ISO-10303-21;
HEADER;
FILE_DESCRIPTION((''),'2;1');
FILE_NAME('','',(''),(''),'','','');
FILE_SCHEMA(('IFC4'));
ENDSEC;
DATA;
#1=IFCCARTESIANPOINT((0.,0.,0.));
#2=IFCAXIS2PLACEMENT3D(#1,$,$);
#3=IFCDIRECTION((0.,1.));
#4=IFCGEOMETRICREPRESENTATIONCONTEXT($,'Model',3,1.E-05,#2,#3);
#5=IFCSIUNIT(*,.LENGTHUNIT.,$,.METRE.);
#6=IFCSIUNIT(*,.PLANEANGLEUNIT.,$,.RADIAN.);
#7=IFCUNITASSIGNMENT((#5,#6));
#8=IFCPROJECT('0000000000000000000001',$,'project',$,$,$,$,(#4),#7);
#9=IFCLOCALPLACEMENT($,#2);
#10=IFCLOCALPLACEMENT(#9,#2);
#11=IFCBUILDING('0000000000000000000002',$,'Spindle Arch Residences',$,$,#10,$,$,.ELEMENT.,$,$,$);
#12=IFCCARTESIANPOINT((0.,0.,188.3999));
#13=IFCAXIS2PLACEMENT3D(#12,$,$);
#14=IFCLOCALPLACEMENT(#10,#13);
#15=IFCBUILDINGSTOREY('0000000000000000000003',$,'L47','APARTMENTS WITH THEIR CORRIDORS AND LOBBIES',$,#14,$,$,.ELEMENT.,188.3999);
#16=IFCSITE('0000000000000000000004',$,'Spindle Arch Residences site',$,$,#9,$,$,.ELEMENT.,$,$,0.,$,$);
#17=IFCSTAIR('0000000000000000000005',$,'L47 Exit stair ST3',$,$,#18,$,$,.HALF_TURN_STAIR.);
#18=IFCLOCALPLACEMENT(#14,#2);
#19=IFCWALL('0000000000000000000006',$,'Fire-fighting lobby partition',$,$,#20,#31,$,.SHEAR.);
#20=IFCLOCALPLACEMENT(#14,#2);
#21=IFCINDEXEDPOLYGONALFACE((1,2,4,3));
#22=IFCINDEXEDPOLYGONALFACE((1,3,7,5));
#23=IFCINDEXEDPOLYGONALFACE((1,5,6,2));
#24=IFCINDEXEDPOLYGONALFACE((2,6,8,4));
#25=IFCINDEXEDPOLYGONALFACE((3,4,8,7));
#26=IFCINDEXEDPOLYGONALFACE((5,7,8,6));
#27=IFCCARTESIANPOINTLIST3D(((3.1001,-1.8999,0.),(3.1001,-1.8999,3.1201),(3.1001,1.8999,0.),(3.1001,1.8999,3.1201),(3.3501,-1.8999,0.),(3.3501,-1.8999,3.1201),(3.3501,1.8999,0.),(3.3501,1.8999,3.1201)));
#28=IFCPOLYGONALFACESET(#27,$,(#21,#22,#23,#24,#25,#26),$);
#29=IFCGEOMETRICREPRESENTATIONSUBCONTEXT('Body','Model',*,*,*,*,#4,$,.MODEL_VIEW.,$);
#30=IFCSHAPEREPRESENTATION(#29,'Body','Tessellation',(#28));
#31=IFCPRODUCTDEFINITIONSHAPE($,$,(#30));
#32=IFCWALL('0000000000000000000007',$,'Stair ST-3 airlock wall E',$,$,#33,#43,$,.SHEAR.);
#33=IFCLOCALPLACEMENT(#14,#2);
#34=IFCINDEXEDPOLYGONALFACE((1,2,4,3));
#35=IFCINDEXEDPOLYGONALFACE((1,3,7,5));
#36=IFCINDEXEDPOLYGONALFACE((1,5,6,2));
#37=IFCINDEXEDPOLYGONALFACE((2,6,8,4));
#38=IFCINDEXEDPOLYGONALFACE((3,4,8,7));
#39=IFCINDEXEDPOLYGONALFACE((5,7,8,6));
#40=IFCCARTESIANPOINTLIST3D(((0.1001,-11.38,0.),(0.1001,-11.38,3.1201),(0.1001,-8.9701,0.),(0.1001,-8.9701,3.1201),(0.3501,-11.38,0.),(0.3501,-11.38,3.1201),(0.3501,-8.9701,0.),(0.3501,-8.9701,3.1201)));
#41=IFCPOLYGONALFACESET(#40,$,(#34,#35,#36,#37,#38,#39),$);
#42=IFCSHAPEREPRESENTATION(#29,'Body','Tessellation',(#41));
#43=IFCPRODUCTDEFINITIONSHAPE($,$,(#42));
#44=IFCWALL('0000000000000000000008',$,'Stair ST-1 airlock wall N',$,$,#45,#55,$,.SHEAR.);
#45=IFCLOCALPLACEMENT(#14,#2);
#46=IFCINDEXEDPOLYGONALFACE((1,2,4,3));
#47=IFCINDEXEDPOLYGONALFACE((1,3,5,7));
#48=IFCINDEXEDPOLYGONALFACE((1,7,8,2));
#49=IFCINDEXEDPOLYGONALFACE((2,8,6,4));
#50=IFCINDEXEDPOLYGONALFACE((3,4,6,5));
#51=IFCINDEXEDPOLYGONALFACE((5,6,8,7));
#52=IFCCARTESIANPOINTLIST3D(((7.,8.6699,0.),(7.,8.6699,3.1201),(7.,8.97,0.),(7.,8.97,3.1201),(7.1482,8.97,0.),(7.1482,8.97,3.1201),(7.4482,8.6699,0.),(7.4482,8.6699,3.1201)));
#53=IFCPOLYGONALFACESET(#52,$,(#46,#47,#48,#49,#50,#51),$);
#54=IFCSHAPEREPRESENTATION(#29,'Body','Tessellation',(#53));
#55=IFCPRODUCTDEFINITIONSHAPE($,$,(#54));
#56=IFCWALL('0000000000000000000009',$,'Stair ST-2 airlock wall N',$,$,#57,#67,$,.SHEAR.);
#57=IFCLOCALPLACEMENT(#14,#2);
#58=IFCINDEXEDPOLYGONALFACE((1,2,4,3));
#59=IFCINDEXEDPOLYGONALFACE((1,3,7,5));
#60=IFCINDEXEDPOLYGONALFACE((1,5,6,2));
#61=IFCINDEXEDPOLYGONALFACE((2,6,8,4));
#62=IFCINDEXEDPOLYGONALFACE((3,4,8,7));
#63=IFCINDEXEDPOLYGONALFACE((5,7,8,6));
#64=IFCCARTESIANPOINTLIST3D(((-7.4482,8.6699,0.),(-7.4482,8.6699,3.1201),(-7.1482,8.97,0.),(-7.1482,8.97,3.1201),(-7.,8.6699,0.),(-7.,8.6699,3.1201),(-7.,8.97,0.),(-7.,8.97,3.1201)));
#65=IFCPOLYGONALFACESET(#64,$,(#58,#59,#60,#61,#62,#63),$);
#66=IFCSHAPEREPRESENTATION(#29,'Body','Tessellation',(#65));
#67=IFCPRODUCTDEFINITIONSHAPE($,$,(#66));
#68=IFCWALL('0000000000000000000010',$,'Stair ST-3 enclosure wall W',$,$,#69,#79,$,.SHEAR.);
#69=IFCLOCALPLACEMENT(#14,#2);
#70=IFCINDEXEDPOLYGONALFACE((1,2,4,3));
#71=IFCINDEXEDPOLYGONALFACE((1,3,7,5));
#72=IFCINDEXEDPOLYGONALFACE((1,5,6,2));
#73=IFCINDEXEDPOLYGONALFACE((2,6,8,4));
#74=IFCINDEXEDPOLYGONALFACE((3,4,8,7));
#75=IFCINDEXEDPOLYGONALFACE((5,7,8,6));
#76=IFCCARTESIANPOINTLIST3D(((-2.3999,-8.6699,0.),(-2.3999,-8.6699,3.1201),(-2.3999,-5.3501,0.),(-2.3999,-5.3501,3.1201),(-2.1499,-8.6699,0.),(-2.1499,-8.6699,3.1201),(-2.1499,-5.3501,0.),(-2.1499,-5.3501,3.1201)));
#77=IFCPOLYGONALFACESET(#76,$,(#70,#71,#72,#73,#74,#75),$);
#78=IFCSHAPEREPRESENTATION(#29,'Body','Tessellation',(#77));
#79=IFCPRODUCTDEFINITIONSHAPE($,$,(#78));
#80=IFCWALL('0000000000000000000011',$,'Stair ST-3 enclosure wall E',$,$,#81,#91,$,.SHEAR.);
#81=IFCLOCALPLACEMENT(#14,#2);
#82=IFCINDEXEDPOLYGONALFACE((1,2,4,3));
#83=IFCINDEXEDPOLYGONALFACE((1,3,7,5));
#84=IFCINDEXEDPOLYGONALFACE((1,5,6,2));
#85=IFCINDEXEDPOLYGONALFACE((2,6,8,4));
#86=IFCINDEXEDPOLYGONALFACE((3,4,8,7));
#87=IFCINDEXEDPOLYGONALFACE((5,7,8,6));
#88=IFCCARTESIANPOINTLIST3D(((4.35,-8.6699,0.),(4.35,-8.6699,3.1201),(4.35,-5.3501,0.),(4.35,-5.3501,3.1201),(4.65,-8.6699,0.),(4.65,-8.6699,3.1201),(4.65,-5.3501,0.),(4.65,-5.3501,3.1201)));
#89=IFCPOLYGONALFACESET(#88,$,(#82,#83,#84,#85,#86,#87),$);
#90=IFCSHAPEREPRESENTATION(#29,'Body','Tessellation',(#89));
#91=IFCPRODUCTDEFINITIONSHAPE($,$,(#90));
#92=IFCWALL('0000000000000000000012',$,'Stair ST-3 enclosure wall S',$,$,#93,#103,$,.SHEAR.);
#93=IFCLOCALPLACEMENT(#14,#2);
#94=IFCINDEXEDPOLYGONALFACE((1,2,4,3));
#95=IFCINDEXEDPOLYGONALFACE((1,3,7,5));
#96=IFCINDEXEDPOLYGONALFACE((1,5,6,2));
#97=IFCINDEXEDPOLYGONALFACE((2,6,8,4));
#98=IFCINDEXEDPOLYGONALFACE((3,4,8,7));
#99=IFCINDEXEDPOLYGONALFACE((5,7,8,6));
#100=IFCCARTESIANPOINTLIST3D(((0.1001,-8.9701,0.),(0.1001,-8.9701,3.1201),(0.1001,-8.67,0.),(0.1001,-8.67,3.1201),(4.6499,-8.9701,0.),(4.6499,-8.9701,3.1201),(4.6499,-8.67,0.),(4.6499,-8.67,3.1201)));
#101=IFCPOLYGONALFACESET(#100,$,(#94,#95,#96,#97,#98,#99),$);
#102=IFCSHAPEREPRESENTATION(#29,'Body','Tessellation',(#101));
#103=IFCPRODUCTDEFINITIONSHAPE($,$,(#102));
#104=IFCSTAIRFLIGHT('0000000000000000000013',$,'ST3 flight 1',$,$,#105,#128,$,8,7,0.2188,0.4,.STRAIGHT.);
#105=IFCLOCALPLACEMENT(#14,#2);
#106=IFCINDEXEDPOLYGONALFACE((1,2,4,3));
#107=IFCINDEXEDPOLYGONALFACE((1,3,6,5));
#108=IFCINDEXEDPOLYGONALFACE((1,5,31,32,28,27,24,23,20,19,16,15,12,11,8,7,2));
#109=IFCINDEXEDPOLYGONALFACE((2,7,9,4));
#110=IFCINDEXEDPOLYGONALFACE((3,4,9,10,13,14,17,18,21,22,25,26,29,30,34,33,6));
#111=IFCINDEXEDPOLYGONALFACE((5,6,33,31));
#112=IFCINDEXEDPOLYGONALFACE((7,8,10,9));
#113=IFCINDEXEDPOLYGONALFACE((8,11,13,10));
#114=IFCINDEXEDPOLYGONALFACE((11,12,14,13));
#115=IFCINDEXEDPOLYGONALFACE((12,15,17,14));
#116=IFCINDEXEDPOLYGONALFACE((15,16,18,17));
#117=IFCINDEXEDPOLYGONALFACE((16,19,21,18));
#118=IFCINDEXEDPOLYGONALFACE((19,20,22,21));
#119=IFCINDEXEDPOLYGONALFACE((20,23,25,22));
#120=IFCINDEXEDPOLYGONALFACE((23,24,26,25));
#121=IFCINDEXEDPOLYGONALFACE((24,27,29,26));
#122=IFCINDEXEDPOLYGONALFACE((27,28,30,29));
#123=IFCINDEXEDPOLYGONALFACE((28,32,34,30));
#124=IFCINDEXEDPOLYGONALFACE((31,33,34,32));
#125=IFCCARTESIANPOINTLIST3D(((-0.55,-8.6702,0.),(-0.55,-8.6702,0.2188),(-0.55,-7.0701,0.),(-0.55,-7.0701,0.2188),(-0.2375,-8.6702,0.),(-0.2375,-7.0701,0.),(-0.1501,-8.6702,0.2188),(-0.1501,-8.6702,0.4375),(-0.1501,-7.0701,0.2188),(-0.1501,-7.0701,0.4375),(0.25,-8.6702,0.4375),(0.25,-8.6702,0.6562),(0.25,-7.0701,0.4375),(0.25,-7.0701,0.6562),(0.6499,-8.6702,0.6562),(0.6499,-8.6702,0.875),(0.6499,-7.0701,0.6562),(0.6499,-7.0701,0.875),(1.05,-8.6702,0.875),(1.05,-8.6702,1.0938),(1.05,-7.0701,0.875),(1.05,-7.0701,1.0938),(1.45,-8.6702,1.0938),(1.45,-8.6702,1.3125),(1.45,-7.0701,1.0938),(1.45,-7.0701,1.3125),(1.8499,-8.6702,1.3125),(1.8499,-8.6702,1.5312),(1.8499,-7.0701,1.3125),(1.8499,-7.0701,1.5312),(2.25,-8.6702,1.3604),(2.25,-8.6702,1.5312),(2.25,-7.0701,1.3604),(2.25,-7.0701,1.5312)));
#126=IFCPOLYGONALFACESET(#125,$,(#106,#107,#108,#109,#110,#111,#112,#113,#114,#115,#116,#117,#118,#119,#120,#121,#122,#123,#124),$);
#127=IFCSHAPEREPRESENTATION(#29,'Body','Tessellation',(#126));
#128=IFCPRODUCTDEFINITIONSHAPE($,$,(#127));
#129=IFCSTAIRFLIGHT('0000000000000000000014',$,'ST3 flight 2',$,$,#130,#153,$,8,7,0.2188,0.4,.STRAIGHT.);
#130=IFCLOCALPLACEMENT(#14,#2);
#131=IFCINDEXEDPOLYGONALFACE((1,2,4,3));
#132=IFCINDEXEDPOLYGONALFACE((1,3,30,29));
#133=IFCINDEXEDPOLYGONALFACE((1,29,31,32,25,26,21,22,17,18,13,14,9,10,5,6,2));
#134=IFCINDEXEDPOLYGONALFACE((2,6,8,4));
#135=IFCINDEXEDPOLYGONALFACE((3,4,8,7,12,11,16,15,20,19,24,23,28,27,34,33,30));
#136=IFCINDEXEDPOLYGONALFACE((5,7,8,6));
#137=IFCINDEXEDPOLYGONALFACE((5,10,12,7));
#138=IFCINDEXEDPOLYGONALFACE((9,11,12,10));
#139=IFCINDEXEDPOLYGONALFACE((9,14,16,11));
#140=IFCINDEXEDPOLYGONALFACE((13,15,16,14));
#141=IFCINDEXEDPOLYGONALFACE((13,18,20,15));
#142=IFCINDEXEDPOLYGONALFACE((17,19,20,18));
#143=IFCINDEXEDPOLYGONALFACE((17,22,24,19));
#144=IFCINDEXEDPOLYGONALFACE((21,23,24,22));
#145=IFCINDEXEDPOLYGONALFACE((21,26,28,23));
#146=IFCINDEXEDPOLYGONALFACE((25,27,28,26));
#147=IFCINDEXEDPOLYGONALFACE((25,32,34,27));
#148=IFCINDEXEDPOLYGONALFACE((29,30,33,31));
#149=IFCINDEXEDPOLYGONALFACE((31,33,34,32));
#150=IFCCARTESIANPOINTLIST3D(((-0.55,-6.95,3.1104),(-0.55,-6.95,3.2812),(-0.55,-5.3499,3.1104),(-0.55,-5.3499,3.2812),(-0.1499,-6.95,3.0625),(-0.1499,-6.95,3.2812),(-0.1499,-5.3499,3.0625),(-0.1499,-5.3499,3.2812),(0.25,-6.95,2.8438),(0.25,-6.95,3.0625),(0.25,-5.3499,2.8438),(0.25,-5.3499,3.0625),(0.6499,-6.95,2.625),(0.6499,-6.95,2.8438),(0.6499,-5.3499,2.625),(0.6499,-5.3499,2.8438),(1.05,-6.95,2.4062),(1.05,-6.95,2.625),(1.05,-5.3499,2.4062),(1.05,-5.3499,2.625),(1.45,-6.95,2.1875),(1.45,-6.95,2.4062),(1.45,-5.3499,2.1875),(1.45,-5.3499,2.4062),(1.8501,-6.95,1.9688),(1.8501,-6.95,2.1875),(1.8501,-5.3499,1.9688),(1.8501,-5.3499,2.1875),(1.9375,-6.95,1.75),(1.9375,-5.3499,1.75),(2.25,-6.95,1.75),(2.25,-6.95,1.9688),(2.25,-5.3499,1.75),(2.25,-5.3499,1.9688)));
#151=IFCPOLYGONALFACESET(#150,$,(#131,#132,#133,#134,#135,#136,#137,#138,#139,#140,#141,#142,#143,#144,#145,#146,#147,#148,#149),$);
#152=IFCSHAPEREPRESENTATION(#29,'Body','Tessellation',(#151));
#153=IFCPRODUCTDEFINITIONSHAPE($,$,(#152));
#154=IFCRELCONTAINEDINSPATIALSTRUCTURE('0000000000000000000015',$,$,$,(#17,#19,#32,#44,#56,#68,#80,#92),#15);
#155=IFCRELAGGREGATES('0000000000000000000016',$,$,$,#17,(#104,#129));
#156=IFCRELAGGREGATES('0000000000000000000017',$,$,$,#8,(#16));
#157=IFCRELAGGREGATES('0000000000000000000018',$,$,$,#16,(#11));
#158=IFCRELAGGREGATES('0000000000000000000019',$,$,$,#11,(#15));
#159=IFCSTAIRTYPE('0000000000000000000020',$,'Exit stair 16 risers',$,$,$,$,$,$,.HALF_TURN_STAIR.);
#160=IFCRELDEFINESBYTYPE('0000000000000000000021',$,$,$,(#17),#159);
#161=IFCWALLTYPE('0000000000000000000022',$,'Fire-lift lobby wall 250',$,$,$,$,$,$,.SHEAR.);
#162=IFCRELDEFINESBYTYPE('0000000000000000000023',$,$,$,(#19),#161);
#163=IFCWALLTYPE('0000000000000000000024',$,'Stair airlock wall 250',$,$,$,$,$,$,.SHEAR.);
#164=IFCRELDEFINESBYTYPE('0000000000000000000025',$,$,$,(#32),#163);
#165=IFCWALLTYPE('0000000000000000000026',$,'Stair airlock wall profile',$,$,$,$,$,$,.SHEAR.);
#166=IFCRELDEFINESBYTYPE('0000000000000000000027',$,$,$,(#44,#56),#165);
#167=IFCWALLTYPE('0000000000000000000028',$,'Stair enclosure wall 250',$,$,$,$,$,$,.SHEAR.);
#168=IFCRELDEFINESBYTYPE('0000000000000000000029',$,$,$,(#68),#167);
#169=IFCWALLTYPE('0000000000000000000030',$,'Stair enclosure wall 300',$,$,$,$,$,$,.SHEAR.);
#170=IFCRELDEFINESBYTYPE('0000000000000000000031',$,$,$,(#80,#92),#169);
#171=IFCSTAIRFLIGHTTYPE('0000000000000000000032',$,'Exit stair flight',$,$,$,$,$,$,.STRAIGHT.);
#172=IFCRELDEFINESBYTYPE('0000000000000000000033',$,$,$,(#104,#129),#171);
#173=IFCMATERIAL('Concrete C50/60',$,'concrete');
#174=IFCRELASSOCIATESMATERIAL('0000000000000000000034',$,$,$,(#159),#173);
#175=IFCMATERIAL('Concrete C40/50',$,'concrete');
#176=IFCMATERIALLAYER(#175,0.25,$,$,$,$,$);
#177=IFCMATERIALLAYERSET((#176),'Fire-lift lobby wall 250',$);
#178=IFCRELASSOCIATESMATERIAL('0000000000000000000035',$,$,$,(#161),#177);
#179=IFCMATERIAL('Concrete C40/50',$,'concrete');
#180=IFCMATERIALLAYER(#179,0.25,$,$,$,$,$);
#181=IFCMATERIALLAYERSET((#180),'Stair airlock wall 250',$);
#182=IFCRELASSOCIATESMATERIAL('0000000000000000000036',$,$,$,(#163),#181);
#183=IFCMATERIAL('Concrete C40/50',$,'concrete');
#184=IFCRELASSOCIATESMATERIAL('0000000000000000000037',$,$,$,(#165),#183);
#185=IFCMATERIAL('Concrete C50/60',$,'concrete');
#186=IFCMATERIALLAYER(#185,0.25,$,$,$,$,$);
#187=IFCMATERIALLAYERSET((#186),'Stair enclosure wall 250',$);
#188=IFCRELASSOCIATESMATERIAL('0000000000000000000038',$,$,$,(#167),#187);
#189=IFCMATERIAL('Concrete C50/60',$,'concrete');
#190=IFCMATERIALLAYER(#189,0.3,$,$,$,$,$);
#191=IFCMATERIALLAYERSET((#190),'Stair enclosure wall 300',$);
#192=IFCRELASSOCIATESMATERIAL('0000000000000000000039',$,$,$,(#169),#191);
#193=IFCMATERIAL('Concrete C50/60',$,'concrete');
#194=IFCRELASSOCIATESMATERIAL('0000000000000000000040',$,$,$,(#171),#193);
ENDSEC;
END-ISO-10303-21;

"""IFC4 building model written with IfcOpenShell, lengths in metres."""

from ifc_helpers import new_model, si_unit, direction, frame, frame_2d, origin, place, context, subcontext, project, spatial, polyline, rectangle, outline, extrude, material, layer, layer_set, type_object, element, aggregate, save


model = new_model("IFC4")

# Units and contexts
model_context = context("Model", 3, precision=1e-05, world=origin(), true_north=direction((0.0, 1.0)))
body_context = subcontext(model_context, "Body", "Model", "MODEL_VIEW")
ifc_project = project(units=[si_unit("LENGTHUNIT", "METRE"), si_unit("PLANEANGLEUNIT", "RADIAN")], contexts=[model_context])

# Site, building, storey
site_placement = place(None, origin())
site = spatial("IfcSite", under=ifc_project, at=site_placement, Name="Spindle Arch Residences site", CompositionType="ELEMENT", RefElevation=0.0)
building_placement = place(site_placement, origin())
building = spatial("IfcBuilding", under=site, at=building_placement, Name="Spindle Arch Residences", CompositionType="ELEMENT")
storey_placement = place(building_placement, frame((0.0, 0.0, 188.3999)))
storey = spatial("IfcBuildingStorey", under=building, at=storey_placement, Name="L47", Description="APARTMENTS WITH THEIR CORRIDORS AND LOBBIES", CompositionType="ELEMENT", Elevation=188.3999)

# Stair
ifc_material_1 = material(Name="Concrete C50/60", Category="concrete")
stair_type = type_object("IfcStairType", Name="Exit stair 16 risers", PredefinedType="HALF_TURN_STAIR", material=ifc_material_1)
stair_1_placement = place(storey_placement, origin())
stair_1 = element("IfcStair", 1, at=stair_1_placement, inside=storey, type_object=stair_type, Name="L47 Exit stair ST3", PredefinedType="HALF_TURN_STAIR")

# Wall
ifc_material_2 = material(Name="Concrete C40/50", Category="concrete")
ifc_layer_1 = layer(ifc_material_2, 0.25)
ifc_layer_set_1 = layer_set([ifc_layer_1], Name="Fire-lift lobby wall 250")
wall_type_1 = type_object("IfcWallType", Name="Fire-lift lobby wall 250", PredefinedType="SHEAR", material=ifc_layer_set_1)
wall_1_placement = place(storey_placement, frame((3.2251, -1.8999, 0.0), z_axis=(0.0, 0.0, 1.0), x_axis=(0.0, 1.0, 0.0)))
element("IfcWall", 2, at=wall_1_placement, inside=storey, type_object=wall_type_1, Name="Fire-fighting lobby partition", PredefinedType="SHEAR", context=body_context, shape_type="SweptSolid", body=[
    extrude(rectangle(XDim=3.7998, YDim=0.25, at=frame_2d((1.8999, 0.0))), origin(), (0.0, 0.0, 1.0), 3.1201),
])

# Walls
ifc_material_3 = material(Name="Concrete C40/50", Category="concrete")
ifc_layer_2 = layer(ifc_material_3, 0.25)
ifc_layer_set_2 = layer_set([ifc_layer_2], Name="Stair airlock wall 250")
wall_type_2 = type_object("IfcWallType", Name="Stair airlock wall 250", PredefinedType="SHEAR", material=ifc_layer_set_2)
wall_2_placement = place(storey_placement, frame((0.2251, -8.97, 0.0), z_axis=(0.0, 0.0, 1.0), x_axis=(0.0, -1.0, 0.0)))
element("IfcWall", 3, at=wall_2_placement, inside=storey, type_object=wall_type_2, Name="Stair ST-3 airlock wall E", PredefinedType="SHEAR", context=body_context, shape_type="SweptSolid", body=[
    extrude(rectangle(XDim=2.4099, YDim=0.25, at=frame_2d((1.2051, 0.0))), origin(), (0.0, 0.0, 1.0), 3.1201),
])
ifc_material_4 = material(Name="Concrete C40/50", Category="concrete")
wall_type_3 = type_object("IfcWallType", Name="Stair airlock wall profile", PredefinedType="SHEAR", material=ifc_material_4)
wall_3_placement = place(storey_placement, origin())
element("IfcWall", 4, at=wall_3_placement, inside=storey, type_object=wall_type_3, Name="Stair ST-1 airlock wall N", PredefinedType="SHEAR", context=body_context, shape_type="SweptSolid", body=[
    extrude(outline(polyline([(7.4482, 8.6699), (7.0, 8.6699), (7.0, 8.97), (7.1482, 8.97), (7.4482, 8.6699)])), origin(), (0.0, 0.0, 1.0), 3.1201),
])
wall_4_placement = place(storey_placement, origin())
element("IfcWall", 5, at=wall_4_placement, inside=storey, type_object=wall_type_3, Name="Stair ST-2 airlock wall N", PredefinedType="SHEAR", context=body_context, shape_type="SweptSolid", body=[
    extrude(outline(polyline([(-7.1482, 8.97), (-7.0, 8.97), (-7.0, 8.6699), (-7.4482, 8.6699), (-7.1482, 8.97)])), origin(), (0.0, 0.0, 1.0), 3.1201),
])
ifc_material_5 = material(Name="Concrete C50/60", Category="concrete")
ifc_layer_3 = layer(ifc_material_5, 0.25)
ifc_layer_set_3 = layer_set([ifc_layer_3], Name="Stair enclosure wall 250")
wall_type_4 = type_object("IfcWallType", Name="Stair enclosure wall 250", PredefinedType="SHEAR", material=ifc_layer_set_3)
wall_5_placement = place(storey_placement, frame((-2.2749, -8.6699, 0.0), z_axis=(0.0, 0.0, 1.0), x_axis=(0.0, 1.0, 0.0)))
element("IfcWall", 6, at=wall_5_placement, inside=storey, type_object=wall_type_4, Name="Stair ST-3 enclosure wall W", PredefinedType="SHEAR", context=body_context, shape_type="SweptSolid", body=[
    extrude(rectangle(XDim=3.3198, YDim=0.25, at=frame_2d((1.6599, 0.0))), origin(), (0.0, 0.0, 1.0), 3.1201),
])
ifc_material_6 = material(Name="Concrete C50/60", Category="concrete")
ifc_layer_4 = layer(ifc_material_6, 0.3)
ifc_layer_set_4 = layer_set([ifc_layer_4], Name="Stair enclosure wall 300")
wall_type_5 = type_object("IfcWallType", Name="Stair enclosure wall 300", PredefinedType="SHEAR", material=ifc_layer_set_4)
wall_6_placement = place(storey_placement, frame((4.5, -8.6699, 0.0), z_axis=(0.0, 0.0, 1.0), x_axis=(0.0, 1.0, 0.0)))
element("IfcWall", 7, at=wall_6_placement, inside=storey, type_object=wall_type_5, Name="Stair ST-3 enclosure wall E", PredefinedType="SHEAR", context=body_context, shape_type="SweptSolid", body=[
    extrude(rectangle(XDim=3.3198, YDim=0.3, at=frame_2d((1.6599, 0.0))), origin(), (0.0, 0.0, 1.0), 3.1201),
])
wall_7_placement = place(storey_placement, frame((0.1001, -8.8201, 0.0), z_axis=(0.0, 0.0, 1.0), x_axis=(1.0, 0.0, 0.0)))
element("IfcWall", 8, at=wall_7_placement, inside=storey, type_object=wall_type_5, Name="Stair ST-3 enclosure wall S", PredefinedType="SHEAR", context=body_context, shape_type="SweptSolid", body=[
    extrude(rectangle(XDim=4.5498, YDim=0.3, at=frame_2d((2.2749, 0.0))), origin(), (0.0, 0.0, 1.0), 3.1201),
])

# Stair flights
ifc_material_7 = material(Name="Concrete C50/60", Category="concrete")
stair_flight_type = type_object("IfcStairFlightType", Name="Exit stair flight", PredefinedType="STRAIGHT", material=ifc_material_7)
stair_flight_1_placement = place(storey_placement, frame((-0.55, -7.8701, 0.0), z_axis=(0.0, 0.0, 1.0), x_axis=(1.0, 0.0, 0.0)))
stair_flight_1 = element("IfcStairFlight", 9, at=stair_flight_1_placement, type_object=stair_flight_type, Name="ST3 flight 1", NumberOfRisers=8, NumberOfTreads=7, PredefinedType="STRAIGHT", RiserHeight=0.2188, TreadLength=0.4, context=body_context, shape_type="SweptSolid", body=[
    extrude(outline(polyline([(0.0, 0.0), (0.0, 0.2188), (0.3999, 0.2188), (0.3999, 0.4375), (0.8, 0.4375), (0.8, 0.6562), (1.2, 0.6562), (1.2, 0.875), (1.6001, 0.875), (1.6001, 1.0938), (2.0, 1.0938), (2.0, 1.3125), (2.3999, 1.3125), (2.3999, 1.5312), (2.8, 1.5312), (2.8, 1.75), (2.8, 1.3604), (0.3125, 0.0), (0.0, 0.0)])), frame((0.0, 0.8, 0.0), z_axis=(0.0, -1.0, 0.0), x_axis=(1.0, 0.0, 0.0)), (0.0, 0.0, 1.0), 1.6001),
])
stair_flight_2_placement = place(storey_placement, frame((2.25, -6.1499, 1.75), z_axis=(0.0, 0.0, 1.0), x_axis=(-1.0, 0.0, 0.0)))
stair_flight_2 = element("IfcStairFlight", 10, at=stair_flight_2_placement, type_object=stair_flight_type, Name="ST3 flight 2", NumberOfRisers=8, NumberOfTreads=7, PredefinedType="STRAIGHT", RiserHeight=0.2188, TreadLength=0.4, context=body_context, shape_type="SweptSolid", body=[
    extrude(outline(polyline([(0.0, 0.0), (0.0, 0.2188), (0.3999, 0.2188), (0.3999, 0.4375), (0.8, 0.4375), (0.8, 0.6562), (1.2, 0.6562), (1.2, 0.875), (1.6001, 0.875), (1.6001, 1.0938), (2.0, 1.0938), (2.0, 1.3125), (2.3999, 1.3125), (2.3999, 1.5312), (2.8, 1.5312), (2.8, 1.75), (2.8, 1.3604), (0.3125, 0.0), (0.0, 0.0)])), frame((0.0, 0.8, 0.0), z_axis=(0.0, -1.0, 0.0), x_axis=(1.0, 0.0, 0.0)), (0.0, 0.0, 1.0), 1.6001),
])
aggregate(stair_1, [stair_flight_1, stair_flight_2])

save(model, "model.ifc")
